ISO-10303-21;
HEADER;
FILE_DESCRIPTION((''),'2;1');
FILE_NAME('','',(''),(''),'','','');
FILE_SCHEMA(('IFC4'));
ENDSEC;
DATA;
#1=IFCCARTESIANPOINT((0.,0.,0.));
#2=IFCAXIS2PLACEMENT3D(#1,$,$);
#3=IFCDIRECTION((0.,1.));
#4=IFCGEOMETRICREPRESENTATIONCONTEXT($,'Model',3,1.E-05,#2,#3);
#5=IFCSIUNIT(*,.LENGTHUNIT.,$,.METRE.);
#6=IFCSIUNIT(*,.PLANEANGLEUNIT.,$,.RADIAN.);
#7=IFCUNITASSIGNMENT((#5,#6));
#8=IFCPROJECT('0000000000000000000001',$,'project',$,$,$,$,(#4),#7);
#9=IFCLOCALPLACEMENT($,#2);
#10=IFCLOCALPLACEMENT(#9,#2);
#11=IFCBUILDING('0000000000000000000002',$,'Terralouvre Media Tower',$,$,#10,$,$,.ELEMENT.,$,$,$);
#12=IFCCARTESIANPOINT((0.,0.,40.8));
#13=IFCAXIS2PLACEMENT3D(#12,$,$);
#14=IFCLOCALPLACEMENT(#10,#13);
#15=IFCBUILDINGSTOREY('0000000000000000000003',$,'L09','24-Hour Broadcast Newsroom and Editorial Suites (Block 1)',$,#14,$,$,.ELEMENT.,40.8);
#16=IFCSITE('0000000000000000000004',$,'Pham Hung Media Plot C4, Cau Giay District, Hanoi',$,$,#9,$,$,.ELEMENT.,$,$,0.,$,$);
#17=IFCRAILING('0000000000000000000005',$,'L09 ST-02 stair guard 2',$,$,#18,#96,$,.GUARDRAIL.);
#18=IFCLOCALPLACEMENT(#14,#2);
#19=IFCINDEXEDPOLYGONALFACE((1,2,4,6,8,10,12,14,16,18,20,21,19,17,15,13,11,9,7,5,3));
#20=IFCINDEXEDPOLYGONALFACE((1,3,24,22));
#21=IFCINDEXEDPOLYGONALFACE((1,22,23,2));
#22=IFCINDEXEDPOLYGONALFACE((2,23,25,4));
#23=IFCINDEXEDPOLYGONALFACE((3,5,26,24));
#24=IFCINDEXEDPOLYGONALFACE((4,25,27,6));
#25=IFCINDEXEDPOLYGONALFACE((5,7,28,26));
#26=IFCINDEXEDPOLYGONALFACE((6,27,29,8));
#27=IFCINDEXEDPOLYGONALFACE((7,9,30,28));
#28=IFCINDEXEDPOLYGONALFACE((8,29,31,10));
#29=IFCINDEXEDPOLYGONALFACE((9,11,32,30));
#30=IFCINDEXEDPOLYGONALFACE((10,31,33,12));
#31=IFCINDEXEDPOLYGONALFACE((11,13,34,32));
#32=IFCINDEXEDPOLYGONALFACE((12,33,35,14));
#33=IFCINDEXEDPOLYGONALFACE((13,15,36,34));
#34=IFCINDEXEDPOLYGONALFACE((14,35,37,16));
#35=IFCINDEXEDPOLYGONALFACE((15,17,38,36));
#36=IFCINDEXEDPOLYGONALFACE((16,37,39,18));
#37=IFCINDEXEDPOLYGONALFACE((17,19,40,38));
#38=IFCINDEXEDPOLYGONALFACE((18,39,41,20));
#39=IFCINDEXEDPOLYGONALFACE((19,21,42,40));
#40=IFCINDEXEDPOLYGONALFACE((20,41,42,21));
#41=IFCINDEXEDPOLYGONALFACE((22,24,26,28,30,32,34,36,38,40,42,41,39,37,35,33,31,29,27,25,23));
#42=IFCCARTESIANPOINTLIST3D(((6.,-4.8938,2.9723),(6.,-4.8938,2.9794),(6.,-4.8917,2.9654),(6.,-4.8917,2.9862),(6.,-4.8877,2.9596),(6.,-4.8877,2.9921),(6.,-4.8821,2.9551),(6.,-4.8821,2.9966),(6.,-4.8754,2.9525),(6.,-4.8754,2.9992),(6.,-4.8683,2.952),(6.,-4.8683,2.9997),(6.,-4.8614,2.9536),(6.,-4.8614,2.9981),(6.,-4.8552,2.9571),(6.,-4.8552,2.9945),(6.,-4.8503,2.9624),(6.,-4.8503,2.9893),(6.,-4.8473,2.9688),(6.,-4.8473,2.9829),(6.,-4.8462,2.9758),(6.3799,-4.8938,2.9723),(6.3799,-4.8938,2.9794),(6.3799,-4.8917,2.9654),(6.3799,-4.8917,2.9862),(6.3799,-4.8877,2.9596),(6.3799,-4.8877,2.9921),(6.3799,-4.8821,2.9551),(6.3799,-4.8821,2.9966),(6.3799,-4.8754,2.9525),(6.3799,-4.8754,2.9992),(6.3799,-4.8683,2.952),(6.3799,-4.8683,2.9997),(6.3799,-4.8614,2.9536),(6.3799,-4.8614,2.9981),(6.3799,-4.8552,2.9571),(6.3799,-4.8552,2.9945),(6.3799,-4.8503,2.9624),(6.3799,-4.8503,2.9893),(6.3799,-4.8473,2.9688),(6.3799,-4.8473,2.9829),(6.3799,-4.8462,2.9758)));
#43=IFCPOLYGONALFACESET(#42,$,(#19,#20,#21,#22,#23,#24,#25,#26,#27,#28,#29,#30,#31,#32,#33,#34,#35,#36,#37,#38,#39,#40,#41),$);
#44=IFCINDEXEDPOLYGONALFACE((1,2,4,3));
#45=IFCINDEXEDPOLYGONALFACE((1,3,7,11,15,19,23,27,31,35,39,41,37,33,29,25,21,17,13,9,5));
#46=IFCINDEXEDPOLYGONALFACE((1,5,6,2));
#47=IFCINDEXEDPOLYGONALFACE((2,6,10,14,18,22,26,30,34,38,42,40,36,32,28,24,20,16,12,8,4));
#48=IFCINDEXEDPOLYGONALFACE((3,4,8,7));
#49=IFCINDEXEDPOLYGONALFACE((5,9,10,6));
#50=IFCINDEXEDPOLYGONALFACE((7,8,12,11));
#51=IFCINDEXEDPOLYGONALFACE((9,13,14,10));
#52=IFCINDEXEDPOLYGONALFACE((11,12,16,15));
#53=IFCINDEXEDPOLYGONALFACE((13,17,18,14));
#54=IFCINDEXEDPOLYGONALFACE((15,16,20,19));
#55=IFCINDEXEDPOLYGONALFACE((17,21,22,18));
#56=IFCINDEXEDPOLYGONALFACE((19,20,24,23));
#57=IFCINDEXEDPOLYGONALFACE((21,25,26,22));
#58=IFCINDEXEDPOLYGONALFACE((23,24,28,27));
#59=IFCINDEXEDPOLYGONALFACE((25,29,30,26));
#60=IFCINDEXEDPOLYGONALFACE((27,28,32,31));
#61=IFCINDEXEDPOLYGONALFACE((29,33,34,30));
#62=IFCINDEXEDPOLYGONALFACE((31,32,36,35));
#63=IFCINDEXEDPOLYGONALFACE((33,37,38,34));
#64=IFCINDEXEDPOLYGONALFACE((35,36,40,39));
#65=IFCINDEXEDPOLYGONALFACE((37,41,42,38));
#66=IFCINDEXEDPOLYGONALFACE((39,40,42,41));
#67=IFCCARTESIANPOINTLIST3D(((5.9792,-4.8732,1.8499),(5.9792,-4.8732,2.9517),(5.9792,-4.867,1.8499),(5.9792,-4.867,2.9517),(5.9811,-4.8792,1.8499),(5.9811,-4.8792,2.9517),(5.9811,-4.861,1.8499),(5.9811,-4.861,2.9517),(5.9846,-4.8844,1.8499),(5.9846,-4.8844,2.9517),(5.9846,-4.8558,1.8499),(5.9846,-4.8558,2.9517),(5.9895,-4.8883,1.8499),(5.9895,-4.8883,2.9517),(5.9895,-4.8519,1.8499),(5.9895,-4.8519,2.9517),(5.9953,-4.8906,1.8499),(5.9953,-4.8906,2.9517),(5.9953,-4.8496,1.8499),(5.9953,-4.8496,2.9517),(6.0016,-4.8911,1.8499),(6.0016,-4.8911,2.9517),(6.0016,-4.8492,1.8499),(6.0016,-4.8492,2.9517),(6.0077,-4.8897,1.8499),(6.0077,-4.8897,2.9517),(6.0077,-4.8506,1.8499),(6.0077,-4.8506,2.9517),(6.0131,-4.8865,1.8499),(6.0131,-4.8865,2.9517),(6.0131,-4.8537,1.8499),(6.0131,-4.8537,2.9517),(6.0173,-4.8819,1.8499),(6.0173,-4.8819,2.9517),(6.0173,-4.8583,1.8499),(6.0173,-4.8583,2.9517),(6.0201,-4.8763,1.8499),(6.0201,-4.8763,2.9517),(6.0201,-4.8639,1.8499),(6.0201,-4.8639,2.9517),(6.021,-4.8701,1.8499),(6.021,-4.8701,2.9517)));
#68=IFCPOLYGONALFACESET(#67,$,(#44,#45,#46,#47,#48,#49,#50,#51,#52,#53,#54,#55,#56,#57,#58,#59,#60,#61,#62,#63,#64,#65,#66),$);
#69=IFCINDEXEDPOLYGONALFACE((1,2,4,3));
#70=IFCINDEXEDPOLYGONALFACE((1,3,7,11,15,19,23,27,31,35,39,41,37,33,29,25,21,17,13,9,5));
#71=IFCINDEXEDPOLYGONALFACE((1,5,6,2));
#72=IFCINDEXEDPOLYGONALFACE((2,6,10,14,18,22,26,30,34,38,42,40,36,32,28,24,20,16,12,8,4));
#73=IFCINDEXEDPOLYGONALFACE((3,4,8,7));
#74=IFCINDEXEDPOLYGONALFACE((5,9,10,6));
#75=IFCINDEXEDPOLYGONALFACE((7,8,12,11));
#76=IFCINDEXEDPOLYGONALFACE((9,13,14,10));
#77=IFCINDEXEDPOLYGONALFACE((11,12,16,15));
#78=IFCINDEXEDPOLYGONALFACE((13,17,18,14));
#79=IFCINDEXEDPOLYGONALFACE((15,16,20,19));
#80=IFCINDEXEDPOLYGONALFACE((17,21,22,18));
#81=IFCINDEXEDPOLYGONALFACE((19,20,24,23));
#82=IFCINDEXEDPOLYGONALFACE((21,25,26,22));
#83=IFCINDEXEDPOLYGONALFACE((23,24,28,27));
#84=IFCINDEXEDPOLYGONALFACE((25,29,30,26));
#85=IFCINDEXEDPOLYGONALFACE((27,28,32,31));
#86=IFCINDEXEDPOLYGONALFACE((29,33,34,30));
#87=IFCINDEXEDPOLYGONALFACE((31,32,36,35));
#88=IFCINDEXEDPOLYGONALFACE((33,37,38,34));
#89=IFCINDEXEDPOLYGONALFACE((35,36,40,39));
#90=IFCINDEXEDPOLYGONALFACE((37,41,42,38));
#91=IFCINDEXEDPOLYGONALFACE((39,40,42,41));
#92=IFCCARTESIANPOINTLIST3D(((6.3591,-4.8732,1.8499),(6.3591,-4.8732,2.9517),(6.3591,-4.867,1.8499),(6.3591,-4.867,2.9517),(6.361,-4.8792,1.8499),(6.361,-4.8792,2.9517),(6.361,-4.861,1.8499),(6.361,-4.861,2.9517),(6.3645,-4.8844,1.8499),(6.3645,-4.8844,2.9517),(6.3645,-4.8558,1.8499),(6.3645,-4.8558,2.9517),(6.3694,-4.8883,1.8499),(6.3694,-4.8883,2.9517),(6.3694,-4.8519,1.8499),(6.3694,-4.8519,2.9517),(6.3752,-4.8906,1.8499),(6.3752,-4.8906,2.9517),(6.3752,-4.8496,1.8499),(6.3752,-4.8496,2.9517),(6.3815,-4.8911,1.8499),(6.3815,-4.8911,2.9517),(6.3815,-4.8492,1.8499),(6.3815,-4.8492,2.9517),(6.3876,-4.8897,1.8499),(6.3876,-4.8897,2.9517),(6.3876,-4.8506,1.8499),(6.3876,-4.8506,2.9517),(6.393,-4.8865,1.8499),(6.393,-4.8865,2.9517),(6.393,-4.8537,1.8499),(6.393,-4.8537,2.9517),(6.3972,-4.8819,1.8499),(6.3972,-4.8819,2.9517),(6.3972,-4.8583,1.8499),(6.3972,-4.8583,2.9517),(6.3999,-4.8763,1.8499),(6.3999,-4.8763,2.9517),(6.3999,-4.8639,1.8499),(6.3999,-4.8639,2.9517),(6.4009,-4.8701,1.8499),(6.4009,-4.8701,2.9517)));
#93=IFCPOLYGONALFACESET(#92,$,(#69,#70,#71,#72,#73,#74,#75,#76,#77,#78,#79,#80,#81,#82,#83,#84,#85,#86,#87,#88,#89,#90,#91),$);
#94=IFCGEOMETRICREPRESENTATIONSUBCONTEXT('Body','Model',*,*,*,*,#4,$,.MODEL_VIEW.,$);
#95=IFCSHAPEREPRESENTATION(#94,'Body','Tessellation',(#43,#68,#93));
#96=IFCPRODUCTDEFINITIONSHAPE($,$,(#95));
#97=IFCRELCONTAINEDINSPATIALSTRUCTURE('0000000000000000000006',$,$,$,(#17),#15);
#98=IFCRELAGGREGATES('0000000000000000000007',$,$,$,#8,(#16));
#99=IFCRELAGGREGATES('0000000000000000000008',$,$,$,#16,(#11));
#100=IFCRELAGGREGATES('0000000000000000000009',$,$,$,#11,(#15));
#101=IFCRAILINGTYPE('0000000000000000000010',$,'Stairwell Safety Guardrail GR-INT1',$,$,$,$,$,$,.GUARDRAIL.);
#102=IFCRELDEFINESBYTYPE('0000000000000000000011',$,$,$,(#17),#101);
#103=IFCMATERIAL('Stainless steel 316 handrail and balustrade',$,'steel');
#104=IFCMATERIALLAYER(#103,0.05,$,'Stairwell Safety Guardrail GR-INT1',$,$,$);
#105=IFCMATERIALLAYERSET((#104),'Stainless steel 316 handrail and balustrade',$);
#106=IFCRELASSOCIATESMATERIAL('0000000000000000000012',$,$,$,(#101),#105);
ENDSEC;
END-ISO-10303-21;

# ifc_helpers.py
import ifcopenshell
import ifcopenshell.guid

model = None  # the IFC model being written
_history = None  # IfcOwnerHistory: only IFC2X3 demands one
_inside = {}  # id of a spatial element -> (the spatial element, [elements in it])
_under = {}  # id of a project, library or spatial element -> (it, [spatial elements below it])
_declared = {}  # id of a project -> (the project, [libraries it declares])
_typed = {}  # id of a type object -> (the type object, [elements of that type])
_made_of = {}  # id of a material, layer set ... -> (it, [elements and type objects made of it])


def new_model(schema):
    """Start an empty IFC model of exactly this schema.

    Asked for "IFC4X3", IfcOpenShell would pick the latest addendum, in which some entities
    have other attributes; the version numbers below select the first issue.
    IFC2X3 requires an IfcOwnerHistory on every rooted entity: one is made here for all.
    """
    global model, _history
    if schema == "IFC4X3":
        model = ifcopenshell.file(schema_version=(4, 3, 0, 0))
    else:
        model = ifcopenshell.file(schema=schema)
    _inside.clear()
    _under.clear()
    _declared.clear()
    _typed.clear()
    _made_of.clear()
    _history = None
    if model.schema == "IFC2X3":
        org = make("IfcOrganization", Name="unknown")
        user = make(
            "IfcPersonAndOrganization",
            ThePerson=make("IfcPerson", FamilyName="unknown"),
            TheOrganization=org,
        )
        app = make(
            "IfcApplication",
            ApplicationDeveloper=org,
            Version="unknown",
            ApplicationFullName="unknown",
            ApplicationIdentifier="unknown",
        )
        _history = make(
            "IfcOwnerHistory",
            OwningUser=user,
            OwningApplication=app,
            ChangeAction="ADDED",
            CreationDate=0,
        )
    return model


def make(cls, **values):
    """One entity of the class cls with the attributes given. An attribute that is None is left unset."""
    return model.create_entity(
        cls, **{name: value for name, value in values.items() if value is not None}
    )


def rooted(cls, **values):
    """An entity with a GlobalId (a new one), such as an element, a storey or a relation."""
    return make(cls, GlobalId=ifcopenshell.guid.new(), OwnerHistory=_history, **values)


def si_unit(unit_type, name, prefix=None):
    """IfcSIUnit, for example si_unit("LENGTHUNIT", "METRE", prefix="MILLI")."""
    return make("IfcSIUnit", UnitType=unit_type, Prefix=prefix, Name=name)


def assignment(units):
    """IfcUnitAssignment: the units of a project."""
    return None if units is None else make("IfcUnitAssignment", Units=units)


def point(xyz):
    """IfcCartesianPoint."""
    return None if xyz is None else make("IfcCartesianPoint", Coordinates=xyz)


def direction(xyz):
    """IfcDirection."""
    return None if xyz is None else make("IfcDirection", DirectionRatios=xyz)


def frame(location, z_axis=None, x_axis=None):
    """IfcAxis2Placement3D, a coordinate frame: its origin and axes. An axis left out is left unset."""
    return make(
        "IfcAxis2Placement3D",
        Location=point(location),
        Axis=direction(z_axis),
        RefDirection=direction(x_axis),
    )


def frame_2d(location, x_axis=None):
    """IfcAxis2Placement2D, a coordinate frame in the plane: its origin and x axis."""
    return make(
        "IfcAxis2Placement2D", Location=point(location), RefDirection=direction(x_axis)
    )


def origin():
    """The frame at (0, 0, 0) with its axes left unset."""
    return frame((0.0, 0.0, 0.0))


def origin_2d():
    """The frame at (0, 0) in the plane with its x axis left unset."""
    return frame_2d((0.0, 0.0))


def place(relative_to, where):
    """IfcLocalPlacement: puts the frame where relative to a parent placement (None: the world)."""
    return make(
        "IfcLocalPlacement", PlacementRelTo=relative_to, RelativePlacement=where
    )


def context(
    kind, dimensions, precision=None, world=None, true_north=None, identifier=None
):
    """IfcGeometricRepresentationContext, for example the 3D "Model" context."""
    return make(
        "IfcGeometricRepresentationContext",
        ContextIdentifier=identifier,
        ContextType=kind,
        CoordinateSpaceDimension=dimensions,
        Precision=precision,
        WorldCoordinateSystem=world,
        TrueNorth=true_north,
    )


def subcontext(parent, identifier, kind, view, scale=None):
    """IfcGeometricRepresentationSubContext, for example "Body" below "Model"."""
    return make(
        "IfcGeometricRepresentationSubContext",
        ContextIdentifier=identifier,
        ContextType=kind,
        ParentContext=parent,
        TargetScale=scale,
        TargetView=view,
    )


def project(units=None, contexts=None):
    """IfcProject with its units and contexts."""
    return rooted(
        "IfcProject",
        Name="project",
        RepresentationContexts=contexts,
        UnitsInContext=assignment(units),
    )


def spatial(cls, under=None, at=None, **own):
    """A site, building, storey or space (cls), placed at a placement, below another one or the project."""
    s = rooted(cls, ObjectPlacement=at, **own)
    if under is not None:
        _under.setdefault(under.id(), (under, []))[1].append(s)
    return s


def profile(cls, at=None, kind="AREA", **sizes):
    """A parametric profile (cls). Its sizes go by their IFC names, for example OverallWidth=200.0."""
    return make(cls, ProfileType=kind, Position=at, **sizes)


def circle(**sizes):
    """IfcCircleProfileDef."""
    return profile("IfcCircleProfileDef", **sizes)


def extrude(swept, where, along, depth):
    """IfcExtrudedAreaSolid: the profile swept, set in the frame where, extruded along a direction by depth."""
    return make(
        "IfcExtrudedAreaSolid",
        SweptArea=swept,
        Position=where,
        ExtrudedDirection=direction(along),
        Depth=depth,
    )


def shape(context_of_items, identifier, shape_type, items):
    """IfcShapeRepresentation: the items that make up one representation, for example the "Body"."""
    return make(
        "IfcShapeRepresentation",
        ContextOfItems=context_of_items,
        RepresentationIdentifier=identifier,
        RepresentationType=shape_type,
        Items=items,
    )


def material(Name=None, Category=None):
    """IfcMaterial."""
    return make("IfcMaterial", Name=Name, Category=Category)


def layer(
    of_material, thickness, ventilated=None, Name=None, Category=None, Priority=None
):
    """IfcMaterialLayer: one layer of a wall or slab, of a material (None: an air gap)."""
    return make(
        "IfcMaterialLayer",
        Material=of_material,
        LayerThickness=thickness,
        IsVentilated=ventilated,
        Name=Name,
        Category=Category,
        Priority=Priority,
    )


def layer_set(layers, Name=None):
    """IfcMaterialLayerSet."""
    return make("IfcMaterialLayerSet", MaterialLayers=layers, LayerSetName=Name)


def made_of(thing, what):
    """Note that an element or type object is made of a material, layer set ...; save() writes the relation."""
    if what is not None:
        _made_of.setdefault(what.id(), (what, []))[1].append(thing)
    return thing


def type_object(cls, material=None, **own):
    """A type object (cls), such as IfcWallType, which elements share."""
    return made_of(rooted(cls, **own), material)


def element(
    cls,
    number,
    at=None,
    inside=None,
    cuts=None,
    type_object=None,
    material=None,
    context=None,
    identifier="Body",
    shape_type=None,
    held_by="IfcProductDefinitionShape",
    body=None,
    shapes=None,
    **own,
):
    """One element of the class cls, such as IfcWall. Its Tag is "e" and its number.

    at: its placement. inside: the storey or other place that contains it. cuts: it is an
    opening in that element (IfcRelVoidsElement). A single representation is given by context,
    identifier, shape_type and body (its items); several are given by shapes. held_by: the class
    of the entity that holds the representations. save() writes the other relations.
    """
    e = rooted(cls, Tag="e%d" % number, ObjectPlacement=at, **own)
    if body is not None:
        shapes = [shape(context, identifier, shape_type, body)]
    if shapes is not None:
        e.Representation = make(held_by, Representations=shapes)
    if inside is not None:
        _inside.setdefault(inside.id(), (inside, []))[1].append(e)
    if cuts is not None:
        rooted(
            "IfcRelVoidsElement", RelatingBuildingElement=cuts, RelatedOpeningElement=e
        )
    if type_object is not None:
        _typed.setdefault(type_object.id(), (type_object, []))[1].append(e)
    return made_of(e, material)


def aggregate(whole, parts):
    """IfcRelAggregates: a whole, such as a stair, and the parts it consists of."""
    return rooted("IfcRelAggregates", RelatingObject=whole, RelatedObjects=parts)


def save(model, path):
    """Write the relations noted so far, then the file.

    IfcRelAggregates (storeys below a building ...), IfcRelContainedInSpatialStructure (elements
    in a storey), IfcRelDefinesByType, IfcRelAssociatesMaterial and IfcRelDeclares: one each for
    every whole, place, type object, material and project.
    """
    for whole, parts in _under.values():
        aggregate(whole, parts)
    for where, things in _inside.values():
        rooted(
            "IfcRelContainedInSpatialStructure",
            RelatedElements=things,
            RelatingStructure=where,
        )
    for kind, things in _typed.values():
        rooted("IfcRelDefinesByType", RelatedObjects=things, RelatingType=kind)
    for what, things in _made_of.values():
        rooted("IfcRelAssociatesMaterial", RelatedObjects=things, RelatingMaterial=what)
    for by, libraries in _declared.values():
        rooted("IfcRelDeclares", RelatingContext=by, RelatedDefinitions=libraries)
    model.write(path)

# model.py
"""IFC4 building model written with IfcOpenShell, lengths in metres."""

from ifc_helpers import new_model, si_unit, direction, frame, origin, origin_2d, place, context, subcontext, project, spatial, circle, extrude, material, layer, layer_set, type_object, element, save


model = new_model("IFC4")

# Units and contexts
model_context = context("Model", 3, precision=1e-05, world=origin(), true_north=direction((0.0, 1.0)))
body_context = subcontext(model_context, "Body", "Model", "MODEL_VIEW")
ifc_project = project(units=[si_unit("LENGTHUNIT", "METRE"), si_unit("PLANEANGLEUNIT", "RADIAN")], contexts=[model_context])

# Site, building, storey
site_placement = place(None, origin())
site = spatial("IfcSite", under=ifc_project, at=site_placement, Name="Pham Hung Media Plot C4, Cau Giay District, Hanoi", CompositionType="ELEMENT", RefElevation=0.0)
building_placement = place(site_placement, origin())
building = spatial("IfcBuilding", under=site, at=building_placement, Name="Terralouvre Media Tower", CompositionType="ELEMENT")
storey_placement = place(building_placement, frame((0.0, 0.0, 40.8)))
storey = spatial("IfcBuildingStorey", under=building, at=storey_placement, Name="L09", Description="24-Hour Broadcast Newsroom and Editorial Suites (Block 1)", CompositionType="ELEMENT", Elevation=40.8)

# Railing
ifc_material_1 = material(Name="Stainless steel 316 handrail and balustrade", Category="steel")
ifc_layer_1 = layer(ifc_material_1, 0.05, Name="Stairwell Safety Guardrail GR-INT1")
ifc_layer_set_1 = layer_set([ifc_layer_1], Name="Stainless steel 316 handrail and balustrade")
railing_type_1 = type_object("IfcRailingType", Name="Stairwell Safety Guardrail GR-INT1", PredefinedType="GUARDRAIL", material=ifc_layer_set_1)
railing_1_placement = place(storey_placement, frame((6.0, -4.8701, 1.8499)))
element("IfcRailing", 1, at=railing_1_placement, inside=storey, type_object=railing_type_1, Name="L09 ST-02 stair guard 2", PredefinedType="GUARDRAIL", context=body_context, shape_type="SweptSolid", body=[
    extrude(circle(Radius=0.0239, at=origin_2d()), frame((0.0, 0.0, 1.126), z_axis=(1.0, 0.0, 0.0), x_axis=(0.0, 1.0, 0.0)), (0.0, 0.0, 1.0), 0.3799),
    extrude(circle(Radius=0.021, at=origin_2d()), origin(), (0.0, 0.0, 1.0), 1.1018),
    extrude(circle(Radius=0.021, at=origin_2d()), frame((0.3799, 0.0, 0.0)), (0.0, 0.0, 1.0), 1.1018),
])

save(model, "model.ifc")
